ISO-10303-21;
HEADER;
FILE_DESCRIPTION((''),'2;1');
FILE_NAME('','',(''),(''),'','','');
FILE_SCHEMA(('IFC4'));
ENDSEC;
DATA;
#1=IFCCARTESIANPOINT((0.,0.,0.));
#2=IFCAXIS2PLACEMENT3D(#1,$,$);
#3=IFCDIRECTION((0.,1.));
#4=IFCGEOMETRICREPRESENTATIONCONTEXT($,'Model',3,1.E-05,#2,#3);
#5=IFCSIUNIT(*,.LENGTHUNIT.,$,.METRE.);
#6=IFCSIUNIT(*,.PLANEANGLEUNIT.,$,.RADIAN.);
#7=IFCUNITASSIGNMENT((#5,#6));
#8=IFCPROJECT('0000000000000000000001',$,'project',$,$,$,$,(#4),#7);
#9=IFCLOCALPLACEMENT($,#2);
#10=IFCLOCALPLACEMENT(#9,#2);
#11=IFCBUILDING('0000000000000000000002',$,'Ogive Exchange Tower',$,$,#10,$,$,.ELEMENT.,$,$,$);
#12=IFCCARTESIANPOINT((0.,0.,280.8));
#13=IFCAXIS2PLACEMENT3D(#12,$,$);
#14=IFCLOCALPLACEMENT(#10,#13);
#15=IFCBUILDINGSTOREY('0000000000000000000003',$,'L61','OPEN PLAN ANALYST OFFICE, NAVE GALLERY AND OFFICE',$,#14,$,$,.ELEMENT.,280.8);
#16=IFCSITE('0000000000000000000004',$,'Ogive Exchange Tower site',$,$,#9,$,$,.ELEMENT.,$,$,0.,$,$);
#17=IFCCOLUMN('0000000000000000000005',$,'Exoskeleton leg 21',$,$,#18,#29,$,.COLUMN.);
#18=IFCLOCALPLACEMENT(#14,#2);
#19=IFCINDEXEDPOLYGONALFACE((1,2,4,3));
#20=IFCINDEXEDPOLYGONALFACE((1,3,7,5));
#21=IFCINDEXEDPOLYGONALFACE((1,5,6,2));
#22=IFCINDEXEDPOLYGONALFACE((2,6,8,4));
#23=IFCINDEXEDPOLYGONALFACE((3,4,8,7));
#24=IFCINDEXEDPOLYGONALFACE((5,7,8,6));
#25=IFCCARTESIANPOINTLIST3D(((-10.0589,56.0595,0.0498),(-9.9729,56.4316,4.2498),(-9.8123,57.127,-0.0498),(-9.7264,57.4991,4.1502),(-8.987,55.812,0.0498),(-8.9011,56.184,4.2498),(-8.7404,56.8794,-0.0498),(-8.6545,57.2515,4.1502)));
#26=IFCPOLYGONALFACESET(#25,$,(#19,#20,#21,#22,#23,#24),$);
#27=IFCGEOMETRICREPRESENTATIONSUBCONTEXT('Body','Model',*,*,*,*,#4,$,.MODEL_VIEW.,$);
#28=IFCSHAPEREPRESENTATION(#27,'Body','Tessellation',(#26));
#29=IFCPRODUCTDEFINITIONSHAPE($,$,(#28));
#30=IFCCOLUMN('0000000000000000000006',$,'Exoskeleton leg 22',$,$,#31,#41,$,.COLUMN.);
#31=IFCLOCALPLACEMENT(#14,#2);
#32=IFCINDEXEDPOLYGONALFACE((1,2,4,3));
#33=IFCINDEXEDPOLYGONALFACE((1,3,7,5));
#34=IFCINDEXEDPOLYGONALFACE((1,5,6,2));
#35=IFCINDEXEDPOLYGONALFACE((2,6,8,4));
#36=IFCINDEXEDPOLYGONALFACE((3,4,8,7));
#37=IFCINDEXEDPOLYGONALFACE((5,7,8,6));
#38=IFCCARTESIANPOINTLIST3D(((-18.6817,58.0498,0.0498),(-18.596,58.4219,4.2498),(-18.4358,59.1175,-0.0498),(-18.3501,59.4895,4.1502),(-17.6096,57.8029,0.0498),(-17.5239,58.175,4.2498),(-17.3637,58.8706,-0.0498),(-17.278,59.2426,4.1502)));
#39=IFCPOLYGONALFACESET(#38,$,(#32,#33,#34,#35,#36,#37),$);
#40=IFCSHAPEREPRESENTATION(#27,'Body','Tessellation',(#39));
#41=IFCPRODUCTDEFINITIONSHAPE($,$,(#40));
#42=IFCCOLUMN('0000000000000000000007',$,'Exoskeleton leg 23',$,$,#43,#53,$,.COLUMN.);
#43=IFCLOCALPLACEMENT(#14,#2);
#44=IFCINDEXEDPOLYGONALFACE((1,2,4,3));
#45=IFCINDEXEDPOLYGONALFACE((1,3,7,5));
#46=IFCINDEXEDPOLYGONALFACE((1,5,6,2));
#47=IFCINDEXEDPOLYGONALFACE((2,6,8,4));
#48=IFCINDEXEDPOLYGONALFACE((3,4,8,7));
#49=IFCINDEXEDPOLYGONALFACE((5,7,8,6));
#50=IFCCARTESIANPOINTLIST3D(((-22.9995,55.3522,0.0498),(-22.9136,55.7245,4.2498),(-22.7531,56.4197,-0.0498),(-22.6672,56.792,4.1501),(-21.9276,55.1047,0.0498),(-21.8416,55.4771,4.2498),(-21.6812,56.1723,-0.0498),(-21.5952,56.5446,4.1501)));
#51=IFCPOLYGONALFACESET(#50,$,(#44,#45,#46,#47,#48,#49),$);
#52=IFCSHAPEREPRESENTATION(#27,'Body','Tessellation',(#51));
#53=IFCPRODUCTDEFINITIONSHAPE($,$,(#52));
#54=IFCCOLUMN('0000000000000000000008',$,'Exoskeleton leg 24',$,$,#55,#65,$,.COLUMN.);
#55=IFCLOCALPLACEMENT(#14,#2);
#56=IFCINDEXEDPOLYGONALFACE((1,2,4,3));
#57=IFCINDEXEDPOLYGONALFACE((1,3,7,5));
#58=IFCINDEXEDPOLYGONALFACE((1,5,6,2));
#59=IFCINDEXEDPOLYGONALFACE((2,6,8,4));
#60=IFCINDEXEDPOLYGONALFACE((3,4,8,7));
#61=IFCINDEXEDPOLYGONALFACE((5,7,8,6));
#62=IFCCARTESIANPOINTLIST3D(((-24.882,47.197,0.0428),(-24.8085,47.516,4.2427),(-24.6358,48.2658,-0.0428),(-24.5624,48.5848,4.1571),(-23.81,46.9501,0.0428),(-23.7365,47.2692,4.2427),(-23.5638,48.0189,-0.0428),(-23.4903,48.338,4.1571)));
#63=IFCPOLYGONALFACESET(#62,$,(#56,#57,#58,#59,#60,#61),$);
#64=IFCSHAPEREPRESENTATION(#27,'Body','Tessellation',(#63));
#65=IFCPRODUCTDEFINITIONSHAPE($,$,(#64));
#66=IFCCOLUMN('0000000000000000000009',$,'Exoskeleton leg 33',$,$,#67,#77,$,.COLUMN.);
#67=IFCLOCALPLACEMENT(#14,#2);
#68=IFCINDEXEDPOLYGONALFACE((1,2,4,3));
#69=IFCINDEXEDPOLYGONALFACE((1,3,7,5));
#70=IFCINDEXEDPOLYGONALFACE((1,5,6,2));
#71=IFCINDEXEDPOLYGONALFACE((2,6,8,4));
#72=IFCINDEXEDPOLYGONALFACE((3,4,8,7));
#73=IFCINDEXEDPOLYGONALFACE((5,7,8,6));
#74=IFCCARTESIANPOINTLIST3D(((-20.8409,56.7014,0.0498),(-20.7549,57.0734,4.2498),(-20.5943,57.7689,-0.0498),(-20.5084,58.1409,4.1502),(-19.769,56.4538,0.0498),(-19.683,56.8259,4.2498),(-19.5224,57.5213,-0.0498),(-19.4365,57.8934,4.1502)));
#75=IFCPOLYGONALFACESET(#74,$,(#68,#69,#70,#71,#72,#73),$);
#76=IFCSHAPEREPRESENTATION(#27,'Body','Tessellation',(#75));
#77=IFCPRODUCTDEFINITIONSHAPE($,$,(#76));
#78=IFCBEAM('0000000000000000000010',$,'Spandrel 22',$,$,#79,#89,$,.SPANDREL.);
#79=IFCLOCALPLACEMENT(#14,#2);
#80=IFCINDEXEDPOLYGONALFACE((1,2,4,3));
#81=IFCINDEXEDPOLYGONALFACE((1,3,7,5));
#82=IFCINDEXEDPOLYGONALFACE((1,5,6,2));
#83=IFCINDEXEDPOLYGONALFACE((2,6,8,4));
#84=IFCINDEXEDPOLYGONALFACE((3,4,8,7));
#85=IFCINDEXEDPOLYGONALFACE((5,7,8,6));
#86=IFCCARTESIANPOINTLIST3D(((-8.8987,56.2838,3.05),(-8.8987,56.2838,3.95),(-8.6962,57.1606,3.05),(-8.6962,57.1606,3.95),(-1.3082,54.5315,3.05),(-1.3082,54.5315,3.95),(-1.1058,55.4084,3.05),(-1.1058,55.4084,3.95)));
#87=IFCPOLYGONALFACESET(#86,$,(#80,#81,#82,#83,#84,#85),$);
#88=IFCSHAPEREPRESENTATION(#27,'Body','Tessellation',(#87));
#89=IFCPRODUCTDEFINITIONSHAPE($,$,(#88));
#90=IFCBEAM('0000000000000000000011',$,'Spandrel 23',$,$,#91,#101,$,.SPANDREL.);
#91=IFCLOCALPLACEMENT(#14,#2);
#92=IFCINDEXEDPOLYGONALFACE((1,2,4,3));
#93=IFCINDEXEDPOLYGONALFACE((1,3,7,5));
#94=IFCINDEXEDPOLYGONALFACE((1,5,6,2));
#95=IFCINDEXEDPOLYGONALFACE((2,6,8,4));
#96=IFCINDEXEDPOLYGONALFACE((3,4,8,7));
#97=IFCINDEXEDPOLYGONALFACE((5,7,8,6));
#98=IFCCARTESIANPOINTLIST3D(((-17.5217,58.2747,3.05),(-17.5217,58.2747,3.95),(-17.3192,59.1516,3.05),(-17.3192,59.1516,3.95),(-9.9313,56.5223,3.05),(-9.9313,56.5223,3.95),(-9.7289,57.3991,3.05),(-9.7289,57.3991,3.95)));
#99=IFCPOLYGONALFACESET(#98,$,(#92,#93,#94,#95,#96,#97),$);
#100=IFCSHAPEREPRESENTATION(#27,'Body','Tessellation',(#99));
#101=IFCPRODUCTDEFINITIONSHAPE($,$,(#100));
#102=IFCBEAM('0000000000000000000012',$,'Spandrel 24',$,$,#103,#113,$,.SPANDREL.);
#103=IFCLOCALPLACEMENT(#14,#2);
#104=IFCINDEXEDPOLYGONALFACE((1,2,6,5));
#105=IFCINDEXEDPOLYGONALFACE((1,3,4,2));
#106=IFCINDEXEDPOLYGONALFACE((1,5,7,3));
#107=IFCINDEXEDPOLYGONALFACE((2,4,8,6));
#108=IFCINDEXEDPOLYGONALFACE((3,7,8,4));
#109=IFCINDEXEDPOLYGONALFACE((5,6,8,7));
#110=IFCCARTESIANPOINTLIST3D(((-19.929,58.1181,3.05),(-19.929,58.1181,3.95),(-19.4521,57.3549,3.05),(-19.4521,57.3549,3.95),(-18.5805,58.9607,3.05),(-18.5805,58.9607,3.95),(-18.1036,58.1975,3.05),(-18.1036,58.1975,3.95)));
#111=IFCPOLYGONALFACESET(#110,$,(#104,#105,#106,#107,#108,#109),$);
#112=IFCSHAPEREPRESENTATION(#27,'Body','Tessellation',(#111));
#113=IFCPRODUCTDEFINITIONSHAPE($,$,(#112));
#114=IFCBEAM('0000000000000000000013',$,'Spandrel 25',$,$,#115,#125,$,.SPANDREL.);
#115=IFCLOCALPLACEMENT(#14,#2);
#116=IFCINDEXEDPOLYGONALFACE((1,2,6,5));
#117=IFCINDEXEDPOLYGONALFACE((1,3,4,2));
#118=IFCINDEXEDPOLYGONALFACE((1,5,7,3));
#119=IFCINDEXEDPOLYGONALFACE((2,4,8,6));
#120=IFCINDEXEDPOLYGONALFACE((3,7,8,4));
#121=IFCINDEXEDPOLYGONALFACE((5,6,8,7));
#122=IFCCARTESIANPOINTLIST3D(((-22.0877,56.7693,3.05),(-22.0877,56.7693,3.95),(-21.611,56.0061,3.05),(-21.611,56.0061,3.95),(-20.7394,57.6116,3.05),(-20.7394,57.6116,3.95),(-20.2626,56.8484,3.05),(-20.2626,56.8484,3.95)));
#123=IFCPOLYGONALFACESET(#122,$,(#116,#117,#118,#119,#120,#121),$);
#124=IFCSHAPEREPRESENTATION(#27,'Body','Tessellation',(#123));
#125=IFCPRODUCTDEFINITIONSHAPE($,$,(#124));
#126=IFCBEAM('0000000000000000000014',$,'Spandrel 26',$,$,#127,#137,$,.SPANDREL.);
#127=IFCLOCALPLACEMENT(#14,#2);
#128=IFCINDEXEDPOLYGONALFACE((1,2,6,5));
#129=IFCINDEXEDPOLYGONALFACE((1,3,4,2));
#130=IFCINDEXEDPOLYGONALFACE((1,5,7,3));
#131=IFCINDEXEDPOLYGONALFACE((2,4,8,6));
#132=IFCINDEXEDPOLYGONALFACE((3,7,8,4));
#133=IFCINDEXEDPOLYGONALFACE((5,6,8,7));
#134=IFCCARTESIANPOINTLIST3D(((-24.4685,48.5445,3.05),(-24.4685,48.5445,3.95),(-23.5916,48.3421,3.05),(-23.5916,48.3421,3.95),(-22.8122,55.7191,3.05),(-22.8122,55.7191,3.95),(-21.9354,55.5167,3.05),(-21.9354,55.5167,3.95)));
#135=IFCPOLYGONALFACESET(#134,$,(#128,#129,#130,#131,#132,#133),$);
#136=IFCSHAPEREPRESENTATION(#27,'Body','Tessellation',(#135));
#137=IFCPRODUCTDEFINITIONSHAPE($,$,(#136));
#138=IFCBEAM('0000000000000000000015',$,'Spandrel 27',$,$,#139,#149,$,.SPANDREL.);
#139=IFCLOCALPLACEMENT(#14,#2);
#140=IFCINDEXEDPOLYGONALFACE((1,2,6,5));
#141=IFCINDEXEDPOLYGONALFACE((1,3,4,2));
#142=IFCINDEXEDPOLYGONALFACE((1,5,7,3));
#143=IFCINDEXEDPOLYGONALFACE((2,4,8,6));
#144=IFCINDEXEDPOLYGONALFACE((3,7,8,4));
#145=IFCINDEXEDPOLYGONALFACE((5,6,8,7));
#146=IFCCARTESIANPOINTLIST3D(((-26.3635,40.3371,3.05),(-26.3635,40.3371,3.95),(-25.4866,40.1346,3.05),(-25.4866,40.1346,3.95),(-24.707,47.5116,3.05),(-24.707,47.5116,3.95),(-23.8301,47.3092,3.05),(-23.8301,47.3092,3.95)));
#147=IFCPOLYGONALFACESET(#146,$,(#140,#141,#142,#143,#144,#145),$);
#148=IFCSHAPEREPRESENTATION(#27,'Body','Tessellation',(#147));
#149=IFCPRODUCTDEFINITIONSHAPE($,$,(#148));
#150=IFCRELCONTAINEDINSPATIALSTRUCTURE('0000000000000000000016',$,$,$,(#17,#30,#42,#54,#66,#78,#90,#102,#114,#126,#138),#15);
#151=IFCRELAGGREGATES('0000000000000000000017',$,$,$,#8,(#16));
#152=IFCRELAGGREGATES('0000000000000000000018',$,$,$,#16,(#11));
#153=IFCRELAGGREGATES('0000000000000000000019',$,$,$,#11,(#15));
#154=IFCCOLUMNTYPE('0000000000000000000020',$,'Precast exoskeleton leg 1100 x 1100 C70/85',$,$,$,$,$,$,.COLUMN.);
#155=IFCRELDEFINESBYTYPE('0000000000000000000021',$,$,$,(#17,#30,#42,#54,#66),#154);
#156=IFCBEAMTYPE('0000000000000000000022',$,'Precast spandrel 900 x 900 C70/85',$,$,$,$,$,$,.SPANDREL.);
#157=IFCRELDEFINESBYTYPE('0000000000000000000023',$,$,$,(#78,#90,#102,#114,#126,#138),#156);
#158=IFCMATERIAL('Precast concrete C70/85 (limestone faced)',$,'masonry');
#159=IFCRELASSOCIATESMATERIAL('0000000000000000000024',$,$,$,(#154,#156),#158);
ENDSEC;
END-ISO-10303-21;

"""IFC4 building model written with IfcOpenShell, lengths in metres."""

from ifc_helpers import new_model, si_unit, direction, frame, origin, origin_2d, place, context, subcontext, project, spatial, rectangle, extrude, material, material_profile, profile_set, type_object, element, save


model = new_model("IFC4")

# Units and contexts
model_context = context("Model", 3, precision=1e-05, world=origin(), true_north=direction((0.0, 1.0)))
body_context = subcontext(model_context, "Body", "Model", "MODEL_VIEW")
ifc_project = project(units=[si_unit("LENGTHUNIT", "METRE"), si_unit("PLANEANGLEUNIT", "RADIAN")], contexts=[model_context])

# Site, building, storey
site_placement = place(None, origin())
site = spatial("IfcSite", under=ifc_project, at=site_placement, Name="Ogive Exchange Tower site", CompositionType="ELEMENT", RefElevation=0.0)
building_placement = place(site_placement, origin())
building = spatial("IfcBuilding", under=site, at=building_placement, Name="Ogive Exchange Tower", CompositionType="ELEMENT")
storey_placement = place(building_placement, frame((0.0, 0.0, 280.8)))
storey = spatial("IfcBuildingStorey", under=building, at=storey_placement, Name="L61", Description="OPEN PLAN ANALYST OFFICE, NAVE GALLERY AND OFFICE", CompositionType="ELEMENT", Elevation=280.8)

# Columns
ifc_material_1 = material(Name="Precast concrete C70/85 (limestone faced)", Category="masonry")
ifc_material_profile_1 = material_profile(ifc_material_1, rectangle(XDim=1.1001, YDim=1.1001, at=origin_2d()), Name="1100 x 1100")
ifc_profile_set_1 = profile_set([ifc_material_profile_1], Name="Precast concrete C70/85 (limestone faced)")
column_type = type_object("IfcColumnType", Name="Precast exoskeleton leg 1100 x 1100 C70/85", PredefinedType="COLUMN", material=ifc_profile_set_1)
for number, where, z_axis, x_axis, name in (
    (1, (-9.3997, 56.4695, 0.0), (0.020377, 0.088225, 0.995892), (-0.974348, 0.225046, 0.0), "Exoskeleton leg 21"),
    (2, (-18.0227, 58.4602, 0.0), (0.02032, 0.088225, 0.995893), (-0.974488, 0.224439, 0.0), "Exoskeleton leg 22"),
    (3, (-22.3403, 55.7622, 0.0), (0.020377, 0.088283, 0.995887), (-0.97438, 0.224906, 0.0), "Exoskeleton leg 23"),
):
    element("IfcColumn", number, at=place(storey_placement, frame(where, z_axis=z_axis, x_axis=x_axis)), inside=storey, type_object=column_type, Name=name, PredefinedType="COLUMN", context=body_context, shape_type="SweptSolid", body=[
        extrude(rectangle(XDim=1.1001, YDim=1.1001, at=origin_2d()), origin(), (0.0, 0.0, 1.0), 4.2173),
    ])
column_1_placement = place(storey_placement, frame((-24.2229, 47.6079, 0.0), z_axis=(0.017444, 0.075745, 0.996975), x_axis=(-0.974492, 0.224424, 0.0)))
element("IfcColumn", 4, at=column_1_placement, inside=storey, type_object=column_type, Name="Exoskeleton leg 24", PredefinedType="COLUMN", context=body_context, shape_type="SweptSolid", body=[
    extrude(rectangle(XDim=1.1001, YDim=1.1001, at=origin_2d()), origin(), (0.0, 0.0, 1.0), 4.2126),
])
column_2_placement = place(storey_placement, frame((-20.1816, 57.1113, 0.0), z_axis=(0.020377, 0.088225, 0.995892), x_axis=(-0.974348, 0.225046, 0.0)))
element("IfcColumn", 5, at=column_2_placement, inside=storey, type_object=column_type, Name="Exoskeleton leg 33", PredefinedType="COLUMN", context=body_context, shape_type="SweptSolid", body=[
    extrude(rectangle(XDim=1.1001, YDim=1.1001, at=origin_2d()), origin(), (0.0, 0.0, 1.0), 4.2173),
])

# Beams
ifc_material_profile_2 = material_profile(ifc_material_1, rectangle(XDim=0.8999, YDim=0.8999, at=origin_2d()), Name="900 x 900")
ifc_profile_set_2 = profile_set([ifc_material_profile_2], Name="Precast concrete C70/85 (limestone faced)")
beam_type = type_object("IfcBeamType", Name="Precast spandrel 900 x 900 C70/85", PredefinedType="SPANDREL", material=ifc_profile_set_2)
for number, where, z_axis, x_axis, name in (
    (6, (-1.207, 54.97, 3.5), (-0.974375, 0.22493, 0.0), (-0.22493, -0.974375, 0.0), "Spandrel 22"),
    (7, (-9.8301, 56.9607, 3.5), (-0.974368, 0.22496, 0.0), (-0.22496, -0.974368, 0.0), "Spandrel 23"),
):
    element("IfcBeam", number, at=place(storey_placement, frame(where, z_axis=z_axis, x_axis=x_axis)), inside=storey, type_object=beam_type, Name=name, PredefinedType="SPANDREL", context=body_context, shape_type="SweptSolid", body=[
        extrude(rectangle(XDim=0.8999, YDim=0.8999, at=origin_2d()), origin(), (0.0, 0.0, 1.0), 7.79),
    ])
beam_1_placement = place(storey_placement, frame((-18.342, 58.5791, 3.5), z_axis=(-0.848059, -0.529902, 0.0), x_axis=(0.529902, -0.848059, 0.0)))
element("IfcBeam", 8, at=beam_1_placement, inside=storey, type_object=beam_type, Name="Spandrel 24", PredefinedType="SPANDREL", context=body_context, shape_type="SweptSolid", body=[
    extrude(rectangle(XDim=0.8999, YDim=0.8999, at=origin_2d()), origin(), (0.0, 0.0, 1.0), 1.5901),
])
beam_2_placement = place(storey_placement, frame((-20.501, 57.23, 3.5), z_axis=(-0.848128, -0.529792, 0.0), x_axis=(0.529792, -0.848128, 0.0)))
element("IfcBeam", 9, at=beam_2_placement, inside=storey, type_object=beam_type, Name="Spandrel 25", PredefinedType="SPANDREL", context=body_context, shape_type="SweptSolid", body=[
    extrude(rectangle(XDim=0.8999, YDim=0.8999, at=origin_2d()), origin(), (0.0, 0.0, 1.0), 1.5898),
])
for number, where, z_axis, x_axis, name in (
    (10, (-22.3738, 55.6179, 3.5), (-0.224935, -0.974374, 0.0), (0.974374, -0.224935, 0.0), "Spandrel 26"),
    (11, (-24.2686, 47.4104, 3.5), (-0.224966, -0.974367, 0.0), (0.974367, -0.224966, 0.0), "Spandrel 27"),
):
    element("IfcBeam", number, at=place(storey_placement, frame(where, z_axis=z_axis, x_axis=x_axis)), inside=storey, type_object=beam_type, Name=name, PredefinedType="SPANDREL", context=body_context, shape_type="SweptSolid", body=[
        extrude(rectangle(XDim=0.8999, YDim=0.8999, at=origin_2d()), origin(), (0.0, 0.0, 1.0), 7.3633),
    ])

save(model, "model.ifc")
